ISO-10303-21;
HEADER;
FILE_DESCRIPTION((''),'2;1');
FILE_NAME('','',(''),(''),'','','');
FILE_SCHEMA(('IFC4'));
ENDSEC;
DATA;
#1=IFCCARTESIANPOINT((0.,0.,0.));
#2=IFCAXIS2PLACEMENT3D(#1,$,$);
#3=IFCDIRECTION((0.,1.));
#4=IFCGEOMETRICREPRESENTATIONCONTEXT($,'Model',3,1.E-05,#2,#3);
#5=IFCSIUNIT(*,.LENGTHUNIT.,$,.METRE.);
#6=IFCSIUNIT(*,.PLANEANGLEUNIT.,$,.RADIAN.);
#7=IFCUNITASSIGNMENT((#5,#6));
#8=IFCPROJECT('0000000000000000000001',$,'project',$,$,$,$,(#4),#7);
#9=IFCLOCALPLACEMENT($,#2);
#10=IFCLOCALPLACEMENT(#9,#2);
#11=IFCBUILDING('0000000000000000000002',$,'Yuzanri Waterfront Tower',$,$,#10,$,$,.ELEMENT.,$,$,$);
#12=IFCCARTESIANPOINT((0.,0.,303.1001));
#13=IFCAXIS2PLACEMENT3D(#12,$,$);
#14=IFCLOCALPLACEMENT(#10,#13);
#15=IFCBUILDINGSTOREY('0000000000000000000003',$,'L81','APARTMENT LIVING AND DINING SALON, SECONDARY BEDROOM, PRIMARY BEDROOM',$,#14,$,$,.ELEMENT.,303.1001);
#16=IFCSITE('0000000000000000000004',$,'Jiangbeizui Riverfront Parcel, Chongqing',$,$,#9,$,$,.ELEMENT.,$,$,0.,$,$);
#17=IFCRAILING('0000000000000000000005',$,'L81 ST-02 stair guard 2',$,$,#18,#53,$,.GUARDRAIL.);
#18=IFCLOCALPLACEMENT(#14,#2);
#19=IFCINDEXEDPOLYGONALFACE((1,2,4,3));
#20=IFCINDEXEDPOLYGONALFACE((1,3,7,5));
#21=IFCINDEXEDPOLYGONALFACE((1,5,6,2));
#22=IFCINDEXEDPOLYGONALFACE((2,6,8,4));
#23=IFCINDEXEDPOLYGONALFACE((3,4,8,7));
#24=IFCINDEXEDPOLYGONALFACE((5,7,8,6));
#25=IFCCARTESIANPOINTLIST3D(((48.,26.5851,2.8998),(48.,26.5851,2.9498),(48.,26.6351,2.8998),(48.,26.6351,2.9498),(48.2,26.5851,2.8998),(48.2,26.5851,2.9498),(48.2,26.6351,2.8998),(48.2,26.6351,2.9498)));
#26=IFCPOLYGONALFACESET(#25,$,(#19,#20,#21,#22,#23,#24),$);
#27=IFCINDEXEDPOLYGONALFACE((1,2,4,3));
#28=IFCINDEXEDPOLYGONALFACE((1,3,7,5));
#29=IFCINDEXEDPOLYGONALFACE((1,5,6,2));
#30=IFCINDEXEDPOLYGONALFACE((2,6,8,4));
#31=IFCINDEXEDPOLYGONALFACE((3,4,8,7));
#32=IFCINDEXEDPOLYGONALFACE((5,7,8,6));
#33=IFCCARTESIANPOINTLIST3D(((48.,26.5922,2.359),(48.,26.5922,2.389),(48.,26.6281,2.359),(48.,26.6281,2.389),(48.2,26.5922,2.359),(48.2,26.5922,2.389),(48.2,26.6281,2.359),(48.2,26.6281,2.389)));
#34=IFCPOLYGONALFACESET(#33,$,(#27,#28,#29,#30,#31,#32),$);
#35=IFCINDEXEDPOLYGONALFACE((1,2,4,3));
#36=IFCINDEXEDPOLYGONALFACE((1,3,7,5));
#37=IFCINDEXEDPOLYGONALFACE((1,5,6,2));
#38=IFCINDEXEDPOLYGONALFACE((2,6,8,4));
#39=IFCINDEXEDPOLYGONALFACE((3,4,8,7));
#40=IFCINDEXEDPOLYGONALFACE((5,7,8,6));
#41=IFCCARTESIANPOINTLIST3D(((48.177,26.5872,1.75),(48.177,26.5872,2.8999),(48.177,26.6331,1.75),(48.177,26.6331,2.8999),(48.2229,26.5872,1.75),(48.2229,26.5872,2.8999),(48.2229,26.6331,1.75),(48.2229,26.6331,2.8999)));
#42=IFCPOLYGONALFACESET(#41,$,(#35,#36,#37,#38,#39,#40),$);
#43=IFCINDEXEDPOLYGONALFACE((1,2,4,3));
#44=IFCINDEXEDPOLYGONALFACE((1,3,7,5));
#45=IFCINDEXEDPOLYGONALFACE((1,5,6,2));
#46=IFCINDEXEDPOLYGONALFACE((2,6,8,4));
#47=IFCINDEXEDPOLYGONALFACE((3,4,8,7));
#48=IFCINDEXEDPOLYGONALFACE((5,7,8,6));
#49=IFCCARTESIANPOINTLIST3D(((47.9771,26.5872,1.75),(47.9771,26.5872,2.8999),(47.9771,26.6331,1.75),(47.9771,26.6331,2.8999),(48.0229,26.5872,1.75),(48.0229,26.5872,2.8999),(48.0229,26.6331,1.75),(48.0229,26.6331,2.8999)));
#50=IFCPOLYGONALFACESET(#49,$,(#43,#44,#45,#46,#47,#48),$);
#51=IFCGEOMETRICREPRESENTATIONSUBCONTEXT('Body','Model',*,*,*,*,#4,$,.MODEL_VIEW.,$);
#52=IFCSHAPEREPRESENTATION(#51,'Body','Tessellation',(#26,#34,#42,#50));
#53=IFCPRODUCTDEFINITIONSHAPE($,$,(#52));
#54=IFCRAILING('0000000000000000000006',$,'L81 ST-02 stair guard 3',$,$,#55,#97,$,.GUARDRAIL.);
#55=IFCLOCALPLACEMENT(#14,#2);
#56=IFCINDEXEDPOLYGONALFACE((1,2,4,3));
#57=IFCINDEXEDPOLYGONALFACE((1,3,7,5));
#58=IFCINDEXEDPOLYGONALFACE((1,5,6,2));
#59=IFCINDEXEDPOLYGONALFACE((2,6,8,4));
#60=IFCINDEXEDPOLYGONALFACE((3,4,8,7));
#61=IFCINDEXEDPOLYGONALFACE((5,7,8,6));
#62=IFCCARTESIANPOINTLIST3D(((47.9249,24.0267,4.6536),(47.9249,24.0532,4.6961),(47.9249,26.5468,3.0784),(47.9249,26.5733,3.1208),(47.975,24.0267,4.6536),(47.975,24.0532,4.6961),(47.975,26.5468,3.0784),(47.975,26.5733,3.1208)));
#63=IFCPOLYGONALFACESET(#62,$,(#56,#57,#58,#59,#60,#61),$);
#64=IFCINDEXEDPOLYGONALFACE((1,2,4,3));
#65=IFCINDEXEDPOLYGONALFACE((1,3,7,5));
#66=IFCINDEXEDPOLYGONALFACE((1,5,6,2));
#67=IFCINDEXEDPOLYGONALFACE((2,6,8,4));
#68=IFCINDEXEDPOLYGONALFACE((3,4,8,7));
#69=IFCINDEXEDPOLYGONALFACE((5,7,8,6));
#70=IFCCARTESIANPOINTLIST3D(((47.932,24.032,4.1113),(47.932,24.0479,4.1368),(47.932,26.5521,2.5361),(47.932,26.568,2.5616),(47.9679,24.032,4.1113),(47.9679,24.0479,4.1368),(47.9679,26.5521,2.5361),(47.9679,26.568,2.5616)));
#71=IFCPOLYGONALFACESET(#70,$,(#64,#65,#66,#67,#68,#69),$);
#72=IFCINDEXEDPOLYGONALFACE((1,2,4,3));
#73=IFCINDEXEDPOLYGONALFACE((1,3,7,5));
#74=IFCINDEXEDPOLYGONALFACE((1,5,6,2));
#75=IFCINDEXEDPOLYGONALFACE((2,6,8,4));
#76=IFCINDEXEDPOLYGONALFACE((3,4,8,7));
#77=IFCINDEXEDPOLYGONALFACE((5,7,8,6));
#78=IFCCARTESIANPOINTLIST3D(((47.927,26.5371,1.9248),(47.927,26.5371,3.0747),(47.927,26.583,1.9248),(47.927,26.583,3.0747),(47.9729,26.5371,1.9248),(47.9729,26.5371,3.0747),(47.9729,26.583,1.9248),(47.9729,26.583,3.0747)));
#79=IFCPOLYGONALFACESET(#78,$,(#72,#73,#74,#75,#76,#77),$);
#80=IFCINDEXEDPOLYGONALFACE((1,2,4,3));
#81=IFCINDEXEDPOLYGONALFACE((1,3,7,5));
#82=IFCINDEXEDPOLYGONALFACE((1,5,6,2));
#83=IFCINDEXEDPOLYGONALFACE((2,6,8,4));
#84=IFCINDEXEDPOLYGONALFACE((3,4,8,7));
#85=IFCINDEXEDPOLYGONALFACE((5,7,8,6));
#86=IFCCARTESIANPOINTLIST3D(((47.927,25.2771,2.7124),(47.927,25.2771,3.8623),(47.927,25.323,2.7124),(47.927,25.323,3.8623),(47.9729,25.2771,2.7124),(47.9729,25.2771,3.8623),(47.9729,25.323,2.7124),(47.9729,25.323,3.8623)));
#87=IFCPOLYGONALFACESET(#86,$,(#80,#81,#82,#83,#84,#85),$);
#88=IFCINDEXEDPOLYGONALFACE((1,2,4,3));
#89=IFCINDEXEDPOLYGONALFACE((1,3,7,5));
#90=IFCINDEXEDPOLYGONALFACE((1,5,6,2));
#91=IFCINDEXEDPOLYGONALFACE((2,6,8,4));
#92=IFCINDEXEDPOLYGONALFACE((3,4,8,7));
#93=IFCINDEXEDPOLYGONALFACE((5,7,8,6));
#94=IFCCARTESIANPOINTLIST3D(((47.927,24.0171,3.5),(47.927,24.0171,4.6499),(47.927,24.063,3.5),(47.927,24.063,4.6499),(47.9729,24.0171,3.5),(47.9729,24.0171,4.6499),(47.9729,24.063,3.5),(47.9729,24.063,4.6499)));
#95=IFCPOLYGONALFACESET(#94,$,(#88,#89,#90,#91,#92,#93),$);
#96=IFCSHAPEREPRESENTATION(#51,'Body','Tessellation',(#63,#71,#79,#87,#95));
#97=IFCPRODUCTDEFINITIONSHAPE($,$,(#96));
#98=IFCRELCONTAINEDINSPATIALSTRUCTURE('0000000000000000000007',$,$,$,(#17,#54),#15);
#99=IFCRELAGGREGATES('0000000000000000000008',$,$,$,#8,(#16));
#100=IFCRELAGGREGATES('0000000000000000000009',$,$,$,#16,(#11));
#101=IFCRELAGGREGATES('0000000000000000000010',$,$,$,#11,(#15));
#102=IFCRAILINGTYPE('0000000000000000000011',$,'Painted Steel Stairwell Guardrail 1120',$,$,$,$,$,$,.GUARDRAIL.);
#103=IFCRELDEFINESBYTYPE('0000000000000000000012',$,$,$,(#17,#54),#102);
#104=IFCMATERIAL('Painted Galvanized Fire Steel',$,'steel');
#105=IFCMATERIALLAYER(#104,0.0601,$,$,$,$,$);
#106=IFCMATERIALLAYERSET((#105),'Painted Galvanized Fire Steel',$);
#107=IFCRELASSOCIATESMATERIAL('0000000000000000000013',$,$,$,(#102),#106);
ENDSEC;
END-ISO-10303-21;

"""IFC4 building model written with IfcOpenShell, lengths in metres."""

from ifc_helpers import new_model, si_unit, direction, frame, origin, origin_2d, place, context, subcontext, project, spatial, rectangle, extrude, source, transform, mapped, material, layer, layer_set, type_object, element, save


model = new_model("IFC4")

# Units and contexts
model_context = context("Model", 3, precision=1e-05, world=origin(), true_north=direction((0.0, 1.0)))
body_context = subcontext(model_context, "Body", "Model", "MODEL_VIEW")
ifc_project = project(units=[si_unit("LENGTHUNIT", "METRE"), si_unit("PLANEANGLEUNIT", "RADIAN")], contexts=[model_context])

# Site, building, storey
site_placement = place(None, origin())
site = spatial("IfcSite", under=ifc_project, at=site_placement, Name="Jiangbeizui Riverfront Parcel, Chongqing", CompositionType="ELEMENT", RefElevation=0.0)
building_placement = place(site_placement, origin())
building = spatial("IfcBuilding", under=site, at=building_placement, Name="Yuzanri Waterfront Tower", CompositionType="ELEMENT")
storey_placement = place(building_placement, frame((0.0, 0.0, 303.1001)))
storey = spatial("IfcBuildingStorey", under=building, at=storey_placement, Name="L81", Description="APARTMENT LIVING AND DINING SALON, SECONDARY BEDROOM, PRIMARY BEDROOM", CompositionType="ELEMENT", Elevation=303.1001)

# Railings
ifc_material_1 = material(Name="Painted Galvanized Fire Steel", Category="steel")
ifc_layer_1 = layer(ifc_material_1, 0.0601)
ifc_layer_set_1 = layer_set([ifc_layer_1], Name="Painted Galvanized Fire Steel")
railing_type = type_object("IfcRailingType", Name="Painted Steel Stairwell Guardrail 1120", PredefinedType="GUARDRAIL", material=ifc_layer_set_1)
shared_shape_1 = source(origin(), body_context, "Body", "SweptSolid", [
    extrude(rectangle(XDim=0.05, YDim=0.05, at=origin_2d()), frame((0.0, 0.0, 1.1748), z_axis=(-1.0, 0.0, 0.0), x_axis=(0.0, -1.0, 0.0)), (0.0, 0.0, 1.0), 0.2),
    extrude(rectangle(XDim=0.0359, YDim=0.03, at=origin_2d()), frame((0.0, 0.0, 0.624), z_axis=(-1.0, 0.0, 0.0), x_axis=(0.0, -1.0, 0.0)), (0.0, 0.0, 1.0), 0.2),
    extrude(rectangle(XDim=0.0459, YDim=0.0459, at=origin_2d()), origin(), (0.0, 0.0, 1.0), 1.1499),
    extrude(rectangle(XDim=0.0459, YDim=0.0459, at=origin_2d()), frame((-0.2, 0.0, 0.0)), (0.0, 0.0, 1.0), 1.1499),
])
railing_1_placement = place(storey_placement, frame((48.2, 26.6101, 1.75)))
element("IfcRailing", 1, at=railing_1_placement, inside=storey, type_object=railing_type, Name="L81 ST-02 stair guard 2", PredefinedType="GUARDRAIL", context=body_context, shape_type="MappedRepresentation", body=[
    mapped(shared_shape_1, transform((0.0, 0.0, 0.0), scale=1.0)),
])
shared_shape_2 = source(origin(), body_context, "Body", "SweptSolid", [
    extrude(rectangle(XDim=0.05, YDim=0.05, at=origin_2d()), frame((0.0, 0.0, 1.1748), z_axis=(0.0, -0.847971, 0.530043), x_axis=(1.0, 0.0, 0.0)), (0.0, 0.0, 1.0), 2.9719),
    extrude(rectangle(XDim=0.0359, YDim=0.03, at=origin_2d()), frame((0.0, 0.0, 0.624), z_axis=(0.0, -0.847971, 0.530043), x_axis=(1.0, 0.0, 0.0)), (0.0, 0.0, 1.0), 2.9719),
    extrude(rectangle(XDim=0.0459, YDim=0.0459, at=origin_2d()), origin(), (0.0, 0.0, 1.0), 1.1499),
    extrude(rectangle(XDim=0.0459, YDim=0.0459, at=origin_2d()), frame((0.0, -1.26, 0.7876)), (0.0, 0.0, 1.0), 1.1499),
    extrude(rectangle(XDim=0.0459, YDim=0.0459, at=origin_2d()), frame((0.0, -2.52, 1.5752)), (0.0, 0.0, 1.0), 1.1499),
])
railing_2_placement = place(storey_placement, frame((47.95, 26.5601, 1.9248)))
element("IfcRailing", 2, at=railing_2_placement, inside=storey, type_object=railing_type, Name="L81 ST-02 stair guard 3", PredefinedType="GUARDRAIL", context=body_context, shape_type="MappedRepresentation", body=[
    mapped(shared_shape_2, transform((0.0, 0.0, 0.0), scale=1.0)),
])

save(model, "model.ifc")
